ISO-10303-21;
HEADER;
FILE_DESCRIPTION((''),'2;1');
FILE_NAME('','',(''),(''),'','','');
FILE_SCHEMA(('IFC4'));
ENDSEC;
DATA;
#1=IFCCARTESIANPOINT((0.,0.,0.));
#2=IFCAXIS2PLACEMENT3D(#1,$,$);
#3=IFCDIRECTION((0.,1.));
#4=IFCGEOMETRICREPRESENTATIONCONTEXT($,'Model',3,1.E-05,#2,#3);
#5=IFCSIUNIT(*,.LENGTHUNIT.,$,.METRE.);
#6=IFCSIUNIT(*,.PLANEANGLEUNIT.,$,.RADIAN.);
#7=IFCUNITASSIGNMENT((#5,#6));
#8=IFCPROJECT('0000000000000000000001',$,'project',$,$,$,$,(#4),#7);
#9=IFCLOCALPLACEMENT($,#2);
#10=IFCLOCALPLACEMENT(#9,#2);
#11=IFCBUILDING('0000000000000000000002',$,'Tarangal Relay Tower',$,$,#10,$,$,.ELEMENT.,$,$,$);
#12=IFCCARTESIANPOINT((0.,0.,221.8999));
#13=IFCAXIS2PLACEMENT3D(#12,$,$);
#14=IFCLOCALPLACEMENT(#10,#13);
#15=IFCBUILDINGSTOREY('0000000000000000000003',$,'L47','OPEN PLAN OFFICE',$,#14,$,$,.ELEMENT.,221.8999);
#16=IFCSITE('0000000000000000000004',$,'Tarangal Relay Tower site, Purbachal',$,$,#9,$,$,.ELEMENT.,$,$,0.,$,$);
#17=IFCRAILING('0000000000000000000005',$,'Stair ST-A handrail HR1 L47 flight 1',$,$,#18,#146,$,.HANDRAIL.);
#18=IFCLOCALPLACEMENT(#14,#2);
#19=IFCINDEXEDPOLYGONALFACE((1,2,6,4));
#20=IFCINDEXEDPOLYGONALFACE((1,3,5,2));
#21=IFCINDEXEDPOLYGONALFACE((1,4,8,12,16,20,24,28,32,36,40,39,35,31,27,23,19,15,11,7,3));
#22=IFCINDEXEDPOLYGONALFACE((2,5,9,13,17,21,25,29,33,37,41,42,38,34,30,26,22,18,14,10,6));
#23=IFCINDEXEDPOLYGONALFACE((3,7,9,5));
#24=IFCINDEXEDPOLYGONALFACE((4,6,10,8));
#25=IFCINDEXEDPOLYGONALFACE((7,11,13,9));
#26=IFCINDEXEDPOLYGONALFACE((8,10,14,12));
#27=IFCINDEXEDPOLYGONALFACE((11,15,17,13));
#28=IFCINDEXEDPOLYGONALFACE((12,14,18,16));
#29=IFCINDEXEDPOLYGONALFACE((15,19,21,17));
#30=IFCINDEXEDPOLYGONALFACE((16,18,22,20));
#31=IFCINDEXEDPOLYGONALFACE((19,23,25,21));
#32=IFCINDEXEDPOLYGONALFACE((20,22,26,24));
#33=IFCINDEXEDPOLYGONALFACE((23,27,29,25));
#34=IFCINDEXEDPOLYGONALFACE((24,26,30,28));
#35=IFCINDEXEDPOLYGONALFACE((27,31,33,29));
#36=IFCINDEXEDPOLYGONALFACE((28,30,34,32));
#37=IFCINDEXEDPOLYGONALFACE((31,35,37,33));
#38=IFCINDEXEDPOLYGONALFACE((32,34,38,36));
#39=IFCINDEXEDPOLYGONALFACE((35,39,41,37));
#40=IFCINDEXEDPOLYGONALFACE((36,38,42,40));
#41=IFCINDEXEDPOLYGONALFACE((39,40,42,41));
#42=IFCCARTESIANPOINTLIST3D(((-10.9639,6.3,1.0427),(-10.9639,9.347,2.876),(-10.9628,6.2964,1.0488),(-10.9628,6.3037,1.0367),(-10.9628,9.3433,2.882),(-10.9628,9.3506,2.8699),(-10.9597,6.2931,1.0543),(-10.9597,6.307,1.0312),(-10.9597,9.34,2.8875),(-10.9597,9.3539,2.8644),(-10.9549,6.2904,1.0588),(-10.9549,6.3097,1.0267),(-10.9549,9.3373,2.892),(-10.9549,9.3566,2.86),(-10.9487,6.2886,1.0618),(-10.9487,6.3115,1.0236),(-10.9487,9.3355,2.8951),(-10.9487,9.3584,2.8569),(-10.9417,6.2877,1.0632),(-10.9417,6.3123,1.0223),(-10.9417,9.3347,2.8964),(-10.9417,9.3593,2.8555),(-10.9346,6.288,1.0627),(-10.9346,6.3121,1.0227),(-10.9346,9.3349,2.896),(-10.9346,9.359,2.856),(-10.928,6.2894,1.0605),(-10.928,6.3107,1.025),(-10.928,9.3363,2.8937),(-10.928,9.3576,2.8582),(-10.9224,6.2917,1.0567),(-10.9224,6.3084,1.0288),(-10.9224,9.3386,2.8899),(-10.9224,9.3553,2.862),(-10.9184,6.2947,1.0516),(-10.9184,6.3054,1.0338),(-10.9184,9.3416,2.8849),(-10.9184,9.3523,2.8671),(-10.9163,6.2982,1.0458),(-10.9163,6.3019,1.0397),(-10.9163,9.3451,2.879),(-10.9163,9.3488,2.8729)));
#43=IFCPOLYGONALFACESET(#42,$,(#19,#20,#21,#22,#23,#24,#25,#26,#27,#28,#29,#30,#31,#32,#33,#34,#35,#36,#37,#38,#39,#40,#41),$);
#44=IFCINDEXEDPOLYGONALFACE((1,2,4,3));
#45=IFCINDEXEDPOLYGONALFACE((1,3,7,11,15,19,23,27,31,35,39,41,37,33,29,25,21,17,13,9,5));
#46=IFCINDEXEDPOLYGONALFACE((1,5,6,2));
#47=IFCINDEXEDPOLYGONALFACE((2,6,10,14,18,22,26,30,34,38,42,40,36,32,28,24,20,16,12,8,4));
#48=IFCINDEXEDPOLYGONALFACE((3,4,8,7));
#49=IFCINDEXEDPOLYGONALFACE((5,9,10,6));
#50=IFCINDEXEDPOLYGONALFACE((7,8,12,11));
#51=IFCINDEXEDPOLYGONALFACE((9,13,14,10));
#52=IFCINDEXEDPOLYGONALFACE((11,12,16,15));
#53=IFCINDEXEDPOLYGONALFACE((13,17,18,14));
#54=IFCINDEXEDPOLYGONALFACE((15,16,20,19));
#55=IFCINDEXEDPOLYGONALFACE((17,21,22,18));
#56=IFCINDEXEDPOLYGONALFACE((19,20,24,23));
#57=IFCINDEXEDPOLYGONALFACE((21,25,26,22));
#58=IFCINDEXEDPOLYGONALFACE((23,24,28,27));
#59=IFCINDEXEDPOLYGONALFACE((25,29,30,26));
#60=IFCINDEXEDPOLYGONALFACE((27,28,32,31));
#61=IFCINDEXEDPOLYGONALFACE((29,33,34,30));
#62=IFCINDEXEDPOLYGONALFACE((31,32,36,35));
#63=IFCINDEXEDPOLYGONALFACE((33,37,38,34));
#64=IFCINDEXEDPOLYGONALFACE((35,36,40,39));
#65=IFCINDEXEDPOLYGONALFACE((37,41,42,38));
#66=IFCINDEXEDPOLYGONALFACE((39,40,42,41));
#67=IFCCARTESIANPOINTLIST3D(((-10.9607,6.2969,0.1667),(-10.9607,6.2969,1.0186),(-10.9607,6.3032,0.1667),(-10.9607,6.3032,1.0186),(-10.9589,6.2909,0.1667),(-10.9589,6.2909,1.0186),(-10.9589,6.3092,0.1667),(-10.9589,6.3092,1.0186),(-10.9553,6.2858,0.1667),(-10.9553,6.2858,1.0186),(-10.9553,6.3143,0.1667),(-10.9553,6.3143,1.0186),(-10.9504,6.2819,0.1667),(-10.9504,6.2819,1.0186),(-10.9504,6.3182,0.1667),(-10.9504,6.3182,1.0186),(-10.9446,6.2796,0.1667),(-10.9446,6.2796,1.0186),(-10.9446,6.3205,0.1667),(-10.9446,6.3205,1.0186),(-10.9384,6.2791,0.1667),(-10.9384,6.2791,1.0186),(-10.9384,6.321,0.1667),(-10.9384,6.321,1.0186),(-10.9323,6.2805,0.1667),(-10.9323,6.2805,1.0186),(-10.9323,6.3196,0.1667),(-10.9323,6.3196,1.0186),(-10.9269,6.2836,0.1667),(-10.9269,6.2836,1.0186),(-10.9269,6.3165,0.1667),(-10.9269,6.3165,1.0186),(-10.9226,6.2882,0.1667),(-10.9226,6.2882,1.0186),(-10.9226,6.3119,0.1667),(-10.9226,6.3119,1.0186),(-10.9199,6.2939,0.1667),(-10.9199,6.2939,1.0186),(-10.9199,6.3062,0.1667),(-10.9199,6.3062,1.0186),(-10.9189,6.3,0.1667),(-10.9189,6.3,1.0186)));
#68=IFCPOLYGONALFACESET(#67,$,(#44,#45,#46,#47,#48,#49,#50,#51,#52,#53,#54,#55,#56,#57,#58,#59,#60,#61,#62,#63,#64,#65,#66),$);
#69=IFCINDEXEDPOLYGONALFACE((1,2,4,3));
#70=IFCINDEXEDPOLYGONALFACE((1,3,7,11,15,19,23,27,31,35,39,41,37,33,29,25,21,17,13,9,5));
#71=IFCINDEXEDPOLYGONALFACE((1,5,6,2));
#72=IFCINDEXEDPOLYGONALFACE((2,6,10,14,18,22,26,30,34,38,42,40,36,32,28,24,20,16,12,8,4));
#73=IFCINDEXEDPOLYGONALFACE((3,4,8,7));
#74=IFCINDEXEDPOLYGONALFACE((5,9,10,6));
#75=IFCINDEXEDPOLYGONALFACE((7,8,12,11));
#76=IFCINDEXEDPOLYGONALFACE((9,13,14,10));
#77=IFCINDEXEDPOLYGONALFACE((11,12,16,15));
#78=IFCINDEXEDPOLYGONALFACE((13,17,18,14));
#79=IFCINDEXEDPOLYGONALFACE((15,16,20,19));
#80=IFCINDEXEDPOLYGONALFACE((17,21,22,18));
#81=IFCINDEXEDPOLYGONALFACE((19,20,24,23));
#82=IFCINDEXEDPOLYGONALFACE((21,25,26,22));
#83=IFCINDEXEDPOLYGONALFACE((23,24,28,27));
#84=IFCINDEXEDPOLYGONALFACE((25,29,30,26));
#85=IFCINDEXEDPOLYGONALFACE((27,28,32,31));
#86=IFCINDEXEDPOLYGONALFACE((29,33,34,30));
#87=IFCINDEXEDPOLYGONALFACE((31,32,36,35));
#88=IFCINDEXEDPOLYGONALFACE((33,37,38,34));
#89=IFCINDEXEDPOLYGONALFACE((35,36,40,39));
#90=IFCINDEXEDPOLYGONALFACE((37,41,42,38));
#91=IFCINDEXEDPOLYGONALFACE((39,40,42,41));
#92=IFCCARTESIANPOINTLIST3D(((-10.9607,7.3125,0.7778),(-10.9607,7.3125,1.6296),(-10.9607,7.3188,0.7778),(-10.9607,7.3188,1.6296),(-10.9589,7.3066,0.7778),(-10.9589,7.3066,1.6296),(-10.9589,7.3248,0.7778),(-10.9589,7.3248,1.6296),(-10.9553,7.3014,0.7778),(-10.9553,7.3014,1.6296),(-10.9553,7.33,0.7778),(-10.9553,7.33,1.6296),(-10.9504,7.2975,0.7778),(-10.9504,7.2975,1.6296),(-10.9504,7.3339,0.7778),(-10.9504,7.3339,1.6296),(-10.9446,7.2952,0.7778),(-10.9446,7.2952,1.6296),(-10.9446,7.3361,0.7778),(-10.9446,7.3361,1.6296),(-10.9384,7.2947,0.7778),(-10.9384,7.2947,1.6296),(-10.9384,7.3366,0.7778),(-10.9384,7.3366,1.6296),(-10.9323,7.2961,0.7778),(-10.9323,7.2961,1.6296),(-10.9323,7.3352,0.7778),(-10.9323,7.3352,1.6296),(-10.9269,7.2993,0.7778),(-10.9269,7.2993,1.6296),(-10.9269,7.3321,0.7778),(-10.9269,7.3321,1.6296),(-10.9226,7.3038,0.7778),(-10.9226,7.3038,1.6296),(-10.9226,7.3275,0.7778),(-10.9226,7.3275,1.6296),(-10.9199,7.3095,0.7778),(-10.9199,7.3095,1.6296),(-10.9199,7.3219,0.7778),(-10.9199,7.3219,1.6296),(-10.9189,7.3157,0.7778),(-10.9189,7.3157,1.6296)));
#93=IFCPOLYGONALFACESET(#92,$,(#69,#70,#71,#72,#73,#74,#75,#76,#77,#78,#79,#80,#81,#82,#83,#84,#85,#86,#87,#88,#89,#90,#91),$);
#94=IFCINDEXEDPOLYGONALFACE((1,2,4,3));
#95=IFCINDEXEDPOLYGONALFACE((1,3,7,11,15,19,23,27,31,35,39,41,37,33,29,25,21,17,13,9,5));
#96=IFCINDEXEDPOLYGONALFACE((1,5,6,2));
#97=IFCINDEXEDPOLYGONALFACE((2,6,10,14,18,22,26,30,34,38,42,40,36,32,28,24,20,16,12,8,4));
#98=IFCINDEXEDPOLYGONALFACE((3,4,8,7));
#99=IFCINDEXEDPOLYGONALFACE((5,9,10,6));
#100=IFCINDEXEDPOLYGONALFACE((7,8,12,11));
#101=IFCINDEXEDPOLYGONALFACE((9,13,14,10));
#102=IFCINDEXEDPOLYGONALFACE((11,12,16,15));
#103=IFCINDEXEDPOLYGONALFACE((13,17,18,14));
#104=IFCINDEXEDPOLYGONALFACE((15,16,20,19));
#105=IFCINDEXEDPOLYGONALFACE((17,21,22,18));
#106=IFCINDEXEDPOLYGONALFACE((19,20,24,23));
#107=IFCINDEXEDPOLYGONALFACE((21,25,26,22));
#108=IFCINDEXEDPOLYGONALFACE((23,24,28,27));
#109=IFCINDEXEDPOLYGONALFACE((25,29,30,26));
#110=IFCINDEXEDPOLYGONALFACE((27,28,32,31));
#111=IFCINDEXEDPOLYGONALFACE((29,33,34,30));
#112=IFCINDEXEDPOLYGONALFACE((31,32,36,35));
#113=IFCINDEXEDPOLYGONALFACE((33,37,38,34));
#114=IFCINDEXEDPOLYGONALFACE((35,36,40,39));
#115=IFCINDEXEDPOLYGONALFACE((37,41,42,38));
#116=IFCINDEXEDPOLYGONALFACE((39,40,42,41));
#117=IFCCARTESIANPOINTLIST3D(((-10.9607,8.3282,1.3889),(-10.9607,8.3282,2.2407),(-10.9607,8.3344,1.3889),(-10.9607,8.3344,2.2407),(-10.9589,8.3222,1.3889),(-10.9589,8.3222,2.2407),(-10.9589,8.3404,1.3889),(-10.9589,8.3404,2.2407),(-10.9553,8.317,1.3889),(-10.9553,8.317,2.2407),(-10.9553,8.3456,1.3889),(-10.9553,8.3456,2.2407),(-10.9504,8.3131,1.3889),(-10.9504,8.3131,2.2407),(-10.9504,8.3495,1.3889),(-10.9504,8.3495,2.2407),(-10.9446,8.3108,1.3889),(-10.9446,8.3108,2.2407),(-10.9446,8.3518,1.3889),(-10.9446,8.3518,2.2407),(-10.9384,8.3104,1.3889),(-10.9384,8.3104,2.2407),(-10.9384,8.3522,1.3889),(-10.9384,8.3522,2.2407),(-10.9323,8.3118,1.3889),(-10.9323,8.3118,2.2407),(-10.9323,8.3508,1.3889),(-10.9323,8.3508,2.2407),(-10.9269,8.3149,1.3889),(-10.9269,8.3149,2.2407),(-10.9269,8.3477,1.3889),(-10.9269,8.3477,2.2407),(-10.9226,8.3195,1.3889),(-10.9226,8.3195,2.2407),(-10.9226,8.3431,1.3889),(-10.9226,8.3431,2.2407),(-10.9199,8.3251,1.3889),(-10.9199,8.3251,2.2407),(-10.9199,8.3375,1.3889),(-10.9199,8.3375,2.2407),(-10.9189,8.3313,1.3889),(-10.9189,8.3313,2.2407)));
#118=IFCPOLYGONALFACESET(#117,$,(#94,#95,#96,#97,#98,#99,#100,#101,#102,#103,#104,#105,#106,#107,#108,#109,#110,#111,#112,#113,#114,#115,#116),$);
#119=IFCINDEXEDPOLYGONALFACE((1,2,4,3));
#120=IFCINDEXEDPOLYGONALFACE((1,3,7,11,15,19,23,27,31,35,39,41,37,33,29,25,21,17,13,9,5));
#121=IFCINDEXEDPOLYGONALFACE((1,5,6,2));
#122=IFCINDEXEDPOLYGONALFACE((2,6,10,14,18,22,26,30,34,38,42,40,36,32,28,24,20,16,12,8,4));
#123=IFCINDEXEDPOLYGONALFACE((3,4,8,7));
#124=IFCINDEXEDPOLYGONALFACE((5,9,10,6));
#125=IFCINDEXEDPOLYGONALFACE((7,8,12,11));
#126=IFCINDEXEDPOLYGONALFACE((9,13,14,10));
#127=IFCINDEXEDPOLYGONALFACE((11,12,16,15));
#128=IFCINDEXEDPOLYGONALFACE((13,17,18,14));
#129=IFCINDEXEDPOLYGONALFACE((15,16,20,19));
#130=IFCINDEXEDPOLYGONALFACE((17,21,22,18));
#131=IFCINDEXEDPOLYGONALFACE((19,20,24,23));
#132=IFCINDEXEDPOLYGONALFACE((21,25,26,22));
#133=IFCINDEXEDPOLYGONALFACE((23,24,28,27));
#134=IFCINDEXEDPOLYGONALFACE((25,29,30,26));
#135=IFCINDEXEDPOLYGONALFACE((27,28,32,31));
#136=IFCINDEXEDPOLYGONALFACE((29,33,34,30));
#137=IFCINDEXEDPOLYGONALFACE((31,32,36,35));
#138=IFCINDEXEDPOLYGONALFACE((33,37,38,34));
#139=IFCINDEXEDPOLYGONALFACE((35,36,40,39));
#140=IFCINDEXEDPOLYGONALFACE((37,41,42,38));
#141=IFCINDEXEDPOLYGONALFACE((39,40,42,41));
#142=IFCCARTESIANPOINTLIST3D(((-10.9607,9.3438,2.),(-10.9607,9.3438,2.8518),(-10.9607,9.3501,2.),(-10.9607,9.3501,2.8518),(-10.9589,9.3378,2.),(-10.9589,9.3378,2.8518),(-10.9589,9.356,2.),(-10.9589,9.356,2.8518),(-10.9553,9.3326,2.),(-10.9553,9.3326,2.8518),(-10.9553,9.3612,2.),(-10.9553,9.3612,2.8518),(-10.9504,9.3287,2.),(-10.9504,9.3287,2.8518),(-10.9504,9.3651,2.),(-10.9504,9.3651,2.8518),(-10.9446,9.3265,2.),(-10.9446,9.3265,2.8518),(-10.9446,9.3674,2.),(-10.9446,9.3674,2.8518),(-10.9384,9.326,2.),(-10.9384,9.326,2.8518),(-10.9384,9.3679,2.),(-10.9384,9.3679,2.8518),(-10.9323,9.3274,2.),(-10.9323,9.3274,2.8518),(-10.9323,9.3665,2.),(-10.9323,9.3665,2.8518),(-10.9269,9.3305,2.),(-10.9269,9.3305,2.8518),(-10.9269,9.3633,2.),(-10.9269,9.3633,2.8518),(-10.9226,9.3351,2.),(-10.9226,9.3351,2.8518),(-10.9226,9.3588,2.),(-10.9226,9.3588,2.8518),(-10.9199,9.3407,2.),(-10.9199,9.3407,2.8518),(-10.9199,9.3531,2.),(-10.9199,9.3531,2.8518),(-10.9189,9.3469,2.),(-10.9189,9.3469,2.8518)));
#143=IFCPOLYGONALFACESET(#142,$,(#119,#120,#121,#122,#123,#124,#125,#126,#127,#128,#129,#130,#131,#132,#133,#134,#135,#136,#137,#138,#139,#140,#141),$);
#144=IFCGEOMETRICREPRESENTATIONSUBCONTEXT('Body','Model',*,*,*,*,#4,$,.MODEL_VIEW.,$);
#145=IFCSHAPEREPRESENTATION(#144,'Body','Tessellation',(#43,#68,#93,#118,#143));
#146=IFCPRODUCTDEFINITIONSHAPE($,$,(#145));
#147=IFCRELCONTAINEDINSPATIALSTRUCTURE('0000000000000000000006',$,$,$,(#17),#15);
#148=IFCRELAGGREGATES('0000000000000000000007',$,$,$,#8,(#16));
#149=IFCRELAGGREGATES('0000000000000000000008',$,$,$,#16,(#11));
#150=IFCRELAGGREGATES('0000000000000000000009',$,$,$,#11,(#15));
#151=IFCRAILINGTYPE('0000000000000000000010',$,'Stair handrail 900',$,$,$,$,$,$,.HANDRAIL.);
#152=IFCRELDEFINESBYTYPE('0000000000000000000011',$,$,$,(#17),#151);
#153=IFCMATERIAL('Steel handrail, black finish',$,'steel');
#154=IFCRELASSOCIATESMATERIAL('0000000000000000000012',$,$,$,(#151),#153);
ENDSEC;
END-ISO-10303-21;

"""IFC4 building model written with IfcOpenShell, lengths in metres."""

from ifc_helpers import new_model, si_unit, direction, frame, origin, origin_2d, place, context, subcontext, project, spatial, circle, extrude, material, type_object, element, save


model = new_model("IFC4")

# Units and contexts
model_context = context("Model", 3, precision=1e-05, world=origin(), true_north=direction((0.0, 1.0)))
body_context = subcontext(model_context, "Body", "Model", "MODEL_VIEW")
ifc_project = project(units=[si_unit("LENGTHUNIT", "METRE"), si_unit("PLANEANGLEUNIT", "RADIAN")], contexts=[model_context])

# Site, building, storey
site_placement = place(None, origin())
site = spatial("IfcSite", under=ifc_project, at=site_placement, Name="Tarangal Relay Tower site, Purbachal", CompositionType="ELEMENT", RefElevation=0.0)
building_placement = place(site_placement, origin())
building = spatial("IfcBuilding", under=site, at=building_placement, Name="Tarangal Relay Tower", CompositionType="ELEMENT")
storey_placement = place(building_placement, frame((0.0, 0.0, 221.8999)))
storey = spatial("IfcBuildingStorey", under=building, at=storey_placement, Name="L47", Description="OPEN PLAN OFFICE", CompositionType="ELEMENT", Elevation=221.8999)

# Railing
ifc_material_1 = material(Name="Steel handrail, black finish", Category="steel")
railing_type_1 = type_object("IfcRailingType", Name="Stair handrail 900", PredefinedType="HANDRAIL", material=ifc_material_1)
railing_1_placement = place(storey_placement, frame((-10.9399, 6.3, 0.1667)))
element("IfcRailing", 1, at=railing_1_placement, inside=storey, type_object=railing_type_1, Name="Stair ST-A handrail HR1 L47 flight 1", PredefinedType="HANDRAIL", context=body_context, shape_type="SweptSolid", body=[
    extrude(circle(Radius=0.0239, at=origin_2d()), frame((0.0, 0.0, 0.876), z_axis=(0.0, 0.856856, 0.515556), x_axis=(-1.0, 0.0, 0.0)), (0.0, 0.0, 1.0), 3.5559),
    extrude(circle(Radius=0.021, at=origin_2d()), origin(), (0.0, 0.0, 1.0), 0.8518),
    extrude(circle(Radius=0.021, at=origin_2d()), frame((0.0, 1.0156, 0.6111)), (0.0, 0.0, 1.0), 0.8518),
    extrude(circle(Radius=0.021, at=origin_2d()), frame((0.0, 2.0312, 1.2222)), (0.0, 0.0, 1.0), 0.8518),
    extrude(circle(Radius=0.021, at=origin_2d()), frame((0.0, 3.0469, 1.8333)), (0.0, 0.0, 1.0), 0.8518),
])

save(model, "model.ifc")
